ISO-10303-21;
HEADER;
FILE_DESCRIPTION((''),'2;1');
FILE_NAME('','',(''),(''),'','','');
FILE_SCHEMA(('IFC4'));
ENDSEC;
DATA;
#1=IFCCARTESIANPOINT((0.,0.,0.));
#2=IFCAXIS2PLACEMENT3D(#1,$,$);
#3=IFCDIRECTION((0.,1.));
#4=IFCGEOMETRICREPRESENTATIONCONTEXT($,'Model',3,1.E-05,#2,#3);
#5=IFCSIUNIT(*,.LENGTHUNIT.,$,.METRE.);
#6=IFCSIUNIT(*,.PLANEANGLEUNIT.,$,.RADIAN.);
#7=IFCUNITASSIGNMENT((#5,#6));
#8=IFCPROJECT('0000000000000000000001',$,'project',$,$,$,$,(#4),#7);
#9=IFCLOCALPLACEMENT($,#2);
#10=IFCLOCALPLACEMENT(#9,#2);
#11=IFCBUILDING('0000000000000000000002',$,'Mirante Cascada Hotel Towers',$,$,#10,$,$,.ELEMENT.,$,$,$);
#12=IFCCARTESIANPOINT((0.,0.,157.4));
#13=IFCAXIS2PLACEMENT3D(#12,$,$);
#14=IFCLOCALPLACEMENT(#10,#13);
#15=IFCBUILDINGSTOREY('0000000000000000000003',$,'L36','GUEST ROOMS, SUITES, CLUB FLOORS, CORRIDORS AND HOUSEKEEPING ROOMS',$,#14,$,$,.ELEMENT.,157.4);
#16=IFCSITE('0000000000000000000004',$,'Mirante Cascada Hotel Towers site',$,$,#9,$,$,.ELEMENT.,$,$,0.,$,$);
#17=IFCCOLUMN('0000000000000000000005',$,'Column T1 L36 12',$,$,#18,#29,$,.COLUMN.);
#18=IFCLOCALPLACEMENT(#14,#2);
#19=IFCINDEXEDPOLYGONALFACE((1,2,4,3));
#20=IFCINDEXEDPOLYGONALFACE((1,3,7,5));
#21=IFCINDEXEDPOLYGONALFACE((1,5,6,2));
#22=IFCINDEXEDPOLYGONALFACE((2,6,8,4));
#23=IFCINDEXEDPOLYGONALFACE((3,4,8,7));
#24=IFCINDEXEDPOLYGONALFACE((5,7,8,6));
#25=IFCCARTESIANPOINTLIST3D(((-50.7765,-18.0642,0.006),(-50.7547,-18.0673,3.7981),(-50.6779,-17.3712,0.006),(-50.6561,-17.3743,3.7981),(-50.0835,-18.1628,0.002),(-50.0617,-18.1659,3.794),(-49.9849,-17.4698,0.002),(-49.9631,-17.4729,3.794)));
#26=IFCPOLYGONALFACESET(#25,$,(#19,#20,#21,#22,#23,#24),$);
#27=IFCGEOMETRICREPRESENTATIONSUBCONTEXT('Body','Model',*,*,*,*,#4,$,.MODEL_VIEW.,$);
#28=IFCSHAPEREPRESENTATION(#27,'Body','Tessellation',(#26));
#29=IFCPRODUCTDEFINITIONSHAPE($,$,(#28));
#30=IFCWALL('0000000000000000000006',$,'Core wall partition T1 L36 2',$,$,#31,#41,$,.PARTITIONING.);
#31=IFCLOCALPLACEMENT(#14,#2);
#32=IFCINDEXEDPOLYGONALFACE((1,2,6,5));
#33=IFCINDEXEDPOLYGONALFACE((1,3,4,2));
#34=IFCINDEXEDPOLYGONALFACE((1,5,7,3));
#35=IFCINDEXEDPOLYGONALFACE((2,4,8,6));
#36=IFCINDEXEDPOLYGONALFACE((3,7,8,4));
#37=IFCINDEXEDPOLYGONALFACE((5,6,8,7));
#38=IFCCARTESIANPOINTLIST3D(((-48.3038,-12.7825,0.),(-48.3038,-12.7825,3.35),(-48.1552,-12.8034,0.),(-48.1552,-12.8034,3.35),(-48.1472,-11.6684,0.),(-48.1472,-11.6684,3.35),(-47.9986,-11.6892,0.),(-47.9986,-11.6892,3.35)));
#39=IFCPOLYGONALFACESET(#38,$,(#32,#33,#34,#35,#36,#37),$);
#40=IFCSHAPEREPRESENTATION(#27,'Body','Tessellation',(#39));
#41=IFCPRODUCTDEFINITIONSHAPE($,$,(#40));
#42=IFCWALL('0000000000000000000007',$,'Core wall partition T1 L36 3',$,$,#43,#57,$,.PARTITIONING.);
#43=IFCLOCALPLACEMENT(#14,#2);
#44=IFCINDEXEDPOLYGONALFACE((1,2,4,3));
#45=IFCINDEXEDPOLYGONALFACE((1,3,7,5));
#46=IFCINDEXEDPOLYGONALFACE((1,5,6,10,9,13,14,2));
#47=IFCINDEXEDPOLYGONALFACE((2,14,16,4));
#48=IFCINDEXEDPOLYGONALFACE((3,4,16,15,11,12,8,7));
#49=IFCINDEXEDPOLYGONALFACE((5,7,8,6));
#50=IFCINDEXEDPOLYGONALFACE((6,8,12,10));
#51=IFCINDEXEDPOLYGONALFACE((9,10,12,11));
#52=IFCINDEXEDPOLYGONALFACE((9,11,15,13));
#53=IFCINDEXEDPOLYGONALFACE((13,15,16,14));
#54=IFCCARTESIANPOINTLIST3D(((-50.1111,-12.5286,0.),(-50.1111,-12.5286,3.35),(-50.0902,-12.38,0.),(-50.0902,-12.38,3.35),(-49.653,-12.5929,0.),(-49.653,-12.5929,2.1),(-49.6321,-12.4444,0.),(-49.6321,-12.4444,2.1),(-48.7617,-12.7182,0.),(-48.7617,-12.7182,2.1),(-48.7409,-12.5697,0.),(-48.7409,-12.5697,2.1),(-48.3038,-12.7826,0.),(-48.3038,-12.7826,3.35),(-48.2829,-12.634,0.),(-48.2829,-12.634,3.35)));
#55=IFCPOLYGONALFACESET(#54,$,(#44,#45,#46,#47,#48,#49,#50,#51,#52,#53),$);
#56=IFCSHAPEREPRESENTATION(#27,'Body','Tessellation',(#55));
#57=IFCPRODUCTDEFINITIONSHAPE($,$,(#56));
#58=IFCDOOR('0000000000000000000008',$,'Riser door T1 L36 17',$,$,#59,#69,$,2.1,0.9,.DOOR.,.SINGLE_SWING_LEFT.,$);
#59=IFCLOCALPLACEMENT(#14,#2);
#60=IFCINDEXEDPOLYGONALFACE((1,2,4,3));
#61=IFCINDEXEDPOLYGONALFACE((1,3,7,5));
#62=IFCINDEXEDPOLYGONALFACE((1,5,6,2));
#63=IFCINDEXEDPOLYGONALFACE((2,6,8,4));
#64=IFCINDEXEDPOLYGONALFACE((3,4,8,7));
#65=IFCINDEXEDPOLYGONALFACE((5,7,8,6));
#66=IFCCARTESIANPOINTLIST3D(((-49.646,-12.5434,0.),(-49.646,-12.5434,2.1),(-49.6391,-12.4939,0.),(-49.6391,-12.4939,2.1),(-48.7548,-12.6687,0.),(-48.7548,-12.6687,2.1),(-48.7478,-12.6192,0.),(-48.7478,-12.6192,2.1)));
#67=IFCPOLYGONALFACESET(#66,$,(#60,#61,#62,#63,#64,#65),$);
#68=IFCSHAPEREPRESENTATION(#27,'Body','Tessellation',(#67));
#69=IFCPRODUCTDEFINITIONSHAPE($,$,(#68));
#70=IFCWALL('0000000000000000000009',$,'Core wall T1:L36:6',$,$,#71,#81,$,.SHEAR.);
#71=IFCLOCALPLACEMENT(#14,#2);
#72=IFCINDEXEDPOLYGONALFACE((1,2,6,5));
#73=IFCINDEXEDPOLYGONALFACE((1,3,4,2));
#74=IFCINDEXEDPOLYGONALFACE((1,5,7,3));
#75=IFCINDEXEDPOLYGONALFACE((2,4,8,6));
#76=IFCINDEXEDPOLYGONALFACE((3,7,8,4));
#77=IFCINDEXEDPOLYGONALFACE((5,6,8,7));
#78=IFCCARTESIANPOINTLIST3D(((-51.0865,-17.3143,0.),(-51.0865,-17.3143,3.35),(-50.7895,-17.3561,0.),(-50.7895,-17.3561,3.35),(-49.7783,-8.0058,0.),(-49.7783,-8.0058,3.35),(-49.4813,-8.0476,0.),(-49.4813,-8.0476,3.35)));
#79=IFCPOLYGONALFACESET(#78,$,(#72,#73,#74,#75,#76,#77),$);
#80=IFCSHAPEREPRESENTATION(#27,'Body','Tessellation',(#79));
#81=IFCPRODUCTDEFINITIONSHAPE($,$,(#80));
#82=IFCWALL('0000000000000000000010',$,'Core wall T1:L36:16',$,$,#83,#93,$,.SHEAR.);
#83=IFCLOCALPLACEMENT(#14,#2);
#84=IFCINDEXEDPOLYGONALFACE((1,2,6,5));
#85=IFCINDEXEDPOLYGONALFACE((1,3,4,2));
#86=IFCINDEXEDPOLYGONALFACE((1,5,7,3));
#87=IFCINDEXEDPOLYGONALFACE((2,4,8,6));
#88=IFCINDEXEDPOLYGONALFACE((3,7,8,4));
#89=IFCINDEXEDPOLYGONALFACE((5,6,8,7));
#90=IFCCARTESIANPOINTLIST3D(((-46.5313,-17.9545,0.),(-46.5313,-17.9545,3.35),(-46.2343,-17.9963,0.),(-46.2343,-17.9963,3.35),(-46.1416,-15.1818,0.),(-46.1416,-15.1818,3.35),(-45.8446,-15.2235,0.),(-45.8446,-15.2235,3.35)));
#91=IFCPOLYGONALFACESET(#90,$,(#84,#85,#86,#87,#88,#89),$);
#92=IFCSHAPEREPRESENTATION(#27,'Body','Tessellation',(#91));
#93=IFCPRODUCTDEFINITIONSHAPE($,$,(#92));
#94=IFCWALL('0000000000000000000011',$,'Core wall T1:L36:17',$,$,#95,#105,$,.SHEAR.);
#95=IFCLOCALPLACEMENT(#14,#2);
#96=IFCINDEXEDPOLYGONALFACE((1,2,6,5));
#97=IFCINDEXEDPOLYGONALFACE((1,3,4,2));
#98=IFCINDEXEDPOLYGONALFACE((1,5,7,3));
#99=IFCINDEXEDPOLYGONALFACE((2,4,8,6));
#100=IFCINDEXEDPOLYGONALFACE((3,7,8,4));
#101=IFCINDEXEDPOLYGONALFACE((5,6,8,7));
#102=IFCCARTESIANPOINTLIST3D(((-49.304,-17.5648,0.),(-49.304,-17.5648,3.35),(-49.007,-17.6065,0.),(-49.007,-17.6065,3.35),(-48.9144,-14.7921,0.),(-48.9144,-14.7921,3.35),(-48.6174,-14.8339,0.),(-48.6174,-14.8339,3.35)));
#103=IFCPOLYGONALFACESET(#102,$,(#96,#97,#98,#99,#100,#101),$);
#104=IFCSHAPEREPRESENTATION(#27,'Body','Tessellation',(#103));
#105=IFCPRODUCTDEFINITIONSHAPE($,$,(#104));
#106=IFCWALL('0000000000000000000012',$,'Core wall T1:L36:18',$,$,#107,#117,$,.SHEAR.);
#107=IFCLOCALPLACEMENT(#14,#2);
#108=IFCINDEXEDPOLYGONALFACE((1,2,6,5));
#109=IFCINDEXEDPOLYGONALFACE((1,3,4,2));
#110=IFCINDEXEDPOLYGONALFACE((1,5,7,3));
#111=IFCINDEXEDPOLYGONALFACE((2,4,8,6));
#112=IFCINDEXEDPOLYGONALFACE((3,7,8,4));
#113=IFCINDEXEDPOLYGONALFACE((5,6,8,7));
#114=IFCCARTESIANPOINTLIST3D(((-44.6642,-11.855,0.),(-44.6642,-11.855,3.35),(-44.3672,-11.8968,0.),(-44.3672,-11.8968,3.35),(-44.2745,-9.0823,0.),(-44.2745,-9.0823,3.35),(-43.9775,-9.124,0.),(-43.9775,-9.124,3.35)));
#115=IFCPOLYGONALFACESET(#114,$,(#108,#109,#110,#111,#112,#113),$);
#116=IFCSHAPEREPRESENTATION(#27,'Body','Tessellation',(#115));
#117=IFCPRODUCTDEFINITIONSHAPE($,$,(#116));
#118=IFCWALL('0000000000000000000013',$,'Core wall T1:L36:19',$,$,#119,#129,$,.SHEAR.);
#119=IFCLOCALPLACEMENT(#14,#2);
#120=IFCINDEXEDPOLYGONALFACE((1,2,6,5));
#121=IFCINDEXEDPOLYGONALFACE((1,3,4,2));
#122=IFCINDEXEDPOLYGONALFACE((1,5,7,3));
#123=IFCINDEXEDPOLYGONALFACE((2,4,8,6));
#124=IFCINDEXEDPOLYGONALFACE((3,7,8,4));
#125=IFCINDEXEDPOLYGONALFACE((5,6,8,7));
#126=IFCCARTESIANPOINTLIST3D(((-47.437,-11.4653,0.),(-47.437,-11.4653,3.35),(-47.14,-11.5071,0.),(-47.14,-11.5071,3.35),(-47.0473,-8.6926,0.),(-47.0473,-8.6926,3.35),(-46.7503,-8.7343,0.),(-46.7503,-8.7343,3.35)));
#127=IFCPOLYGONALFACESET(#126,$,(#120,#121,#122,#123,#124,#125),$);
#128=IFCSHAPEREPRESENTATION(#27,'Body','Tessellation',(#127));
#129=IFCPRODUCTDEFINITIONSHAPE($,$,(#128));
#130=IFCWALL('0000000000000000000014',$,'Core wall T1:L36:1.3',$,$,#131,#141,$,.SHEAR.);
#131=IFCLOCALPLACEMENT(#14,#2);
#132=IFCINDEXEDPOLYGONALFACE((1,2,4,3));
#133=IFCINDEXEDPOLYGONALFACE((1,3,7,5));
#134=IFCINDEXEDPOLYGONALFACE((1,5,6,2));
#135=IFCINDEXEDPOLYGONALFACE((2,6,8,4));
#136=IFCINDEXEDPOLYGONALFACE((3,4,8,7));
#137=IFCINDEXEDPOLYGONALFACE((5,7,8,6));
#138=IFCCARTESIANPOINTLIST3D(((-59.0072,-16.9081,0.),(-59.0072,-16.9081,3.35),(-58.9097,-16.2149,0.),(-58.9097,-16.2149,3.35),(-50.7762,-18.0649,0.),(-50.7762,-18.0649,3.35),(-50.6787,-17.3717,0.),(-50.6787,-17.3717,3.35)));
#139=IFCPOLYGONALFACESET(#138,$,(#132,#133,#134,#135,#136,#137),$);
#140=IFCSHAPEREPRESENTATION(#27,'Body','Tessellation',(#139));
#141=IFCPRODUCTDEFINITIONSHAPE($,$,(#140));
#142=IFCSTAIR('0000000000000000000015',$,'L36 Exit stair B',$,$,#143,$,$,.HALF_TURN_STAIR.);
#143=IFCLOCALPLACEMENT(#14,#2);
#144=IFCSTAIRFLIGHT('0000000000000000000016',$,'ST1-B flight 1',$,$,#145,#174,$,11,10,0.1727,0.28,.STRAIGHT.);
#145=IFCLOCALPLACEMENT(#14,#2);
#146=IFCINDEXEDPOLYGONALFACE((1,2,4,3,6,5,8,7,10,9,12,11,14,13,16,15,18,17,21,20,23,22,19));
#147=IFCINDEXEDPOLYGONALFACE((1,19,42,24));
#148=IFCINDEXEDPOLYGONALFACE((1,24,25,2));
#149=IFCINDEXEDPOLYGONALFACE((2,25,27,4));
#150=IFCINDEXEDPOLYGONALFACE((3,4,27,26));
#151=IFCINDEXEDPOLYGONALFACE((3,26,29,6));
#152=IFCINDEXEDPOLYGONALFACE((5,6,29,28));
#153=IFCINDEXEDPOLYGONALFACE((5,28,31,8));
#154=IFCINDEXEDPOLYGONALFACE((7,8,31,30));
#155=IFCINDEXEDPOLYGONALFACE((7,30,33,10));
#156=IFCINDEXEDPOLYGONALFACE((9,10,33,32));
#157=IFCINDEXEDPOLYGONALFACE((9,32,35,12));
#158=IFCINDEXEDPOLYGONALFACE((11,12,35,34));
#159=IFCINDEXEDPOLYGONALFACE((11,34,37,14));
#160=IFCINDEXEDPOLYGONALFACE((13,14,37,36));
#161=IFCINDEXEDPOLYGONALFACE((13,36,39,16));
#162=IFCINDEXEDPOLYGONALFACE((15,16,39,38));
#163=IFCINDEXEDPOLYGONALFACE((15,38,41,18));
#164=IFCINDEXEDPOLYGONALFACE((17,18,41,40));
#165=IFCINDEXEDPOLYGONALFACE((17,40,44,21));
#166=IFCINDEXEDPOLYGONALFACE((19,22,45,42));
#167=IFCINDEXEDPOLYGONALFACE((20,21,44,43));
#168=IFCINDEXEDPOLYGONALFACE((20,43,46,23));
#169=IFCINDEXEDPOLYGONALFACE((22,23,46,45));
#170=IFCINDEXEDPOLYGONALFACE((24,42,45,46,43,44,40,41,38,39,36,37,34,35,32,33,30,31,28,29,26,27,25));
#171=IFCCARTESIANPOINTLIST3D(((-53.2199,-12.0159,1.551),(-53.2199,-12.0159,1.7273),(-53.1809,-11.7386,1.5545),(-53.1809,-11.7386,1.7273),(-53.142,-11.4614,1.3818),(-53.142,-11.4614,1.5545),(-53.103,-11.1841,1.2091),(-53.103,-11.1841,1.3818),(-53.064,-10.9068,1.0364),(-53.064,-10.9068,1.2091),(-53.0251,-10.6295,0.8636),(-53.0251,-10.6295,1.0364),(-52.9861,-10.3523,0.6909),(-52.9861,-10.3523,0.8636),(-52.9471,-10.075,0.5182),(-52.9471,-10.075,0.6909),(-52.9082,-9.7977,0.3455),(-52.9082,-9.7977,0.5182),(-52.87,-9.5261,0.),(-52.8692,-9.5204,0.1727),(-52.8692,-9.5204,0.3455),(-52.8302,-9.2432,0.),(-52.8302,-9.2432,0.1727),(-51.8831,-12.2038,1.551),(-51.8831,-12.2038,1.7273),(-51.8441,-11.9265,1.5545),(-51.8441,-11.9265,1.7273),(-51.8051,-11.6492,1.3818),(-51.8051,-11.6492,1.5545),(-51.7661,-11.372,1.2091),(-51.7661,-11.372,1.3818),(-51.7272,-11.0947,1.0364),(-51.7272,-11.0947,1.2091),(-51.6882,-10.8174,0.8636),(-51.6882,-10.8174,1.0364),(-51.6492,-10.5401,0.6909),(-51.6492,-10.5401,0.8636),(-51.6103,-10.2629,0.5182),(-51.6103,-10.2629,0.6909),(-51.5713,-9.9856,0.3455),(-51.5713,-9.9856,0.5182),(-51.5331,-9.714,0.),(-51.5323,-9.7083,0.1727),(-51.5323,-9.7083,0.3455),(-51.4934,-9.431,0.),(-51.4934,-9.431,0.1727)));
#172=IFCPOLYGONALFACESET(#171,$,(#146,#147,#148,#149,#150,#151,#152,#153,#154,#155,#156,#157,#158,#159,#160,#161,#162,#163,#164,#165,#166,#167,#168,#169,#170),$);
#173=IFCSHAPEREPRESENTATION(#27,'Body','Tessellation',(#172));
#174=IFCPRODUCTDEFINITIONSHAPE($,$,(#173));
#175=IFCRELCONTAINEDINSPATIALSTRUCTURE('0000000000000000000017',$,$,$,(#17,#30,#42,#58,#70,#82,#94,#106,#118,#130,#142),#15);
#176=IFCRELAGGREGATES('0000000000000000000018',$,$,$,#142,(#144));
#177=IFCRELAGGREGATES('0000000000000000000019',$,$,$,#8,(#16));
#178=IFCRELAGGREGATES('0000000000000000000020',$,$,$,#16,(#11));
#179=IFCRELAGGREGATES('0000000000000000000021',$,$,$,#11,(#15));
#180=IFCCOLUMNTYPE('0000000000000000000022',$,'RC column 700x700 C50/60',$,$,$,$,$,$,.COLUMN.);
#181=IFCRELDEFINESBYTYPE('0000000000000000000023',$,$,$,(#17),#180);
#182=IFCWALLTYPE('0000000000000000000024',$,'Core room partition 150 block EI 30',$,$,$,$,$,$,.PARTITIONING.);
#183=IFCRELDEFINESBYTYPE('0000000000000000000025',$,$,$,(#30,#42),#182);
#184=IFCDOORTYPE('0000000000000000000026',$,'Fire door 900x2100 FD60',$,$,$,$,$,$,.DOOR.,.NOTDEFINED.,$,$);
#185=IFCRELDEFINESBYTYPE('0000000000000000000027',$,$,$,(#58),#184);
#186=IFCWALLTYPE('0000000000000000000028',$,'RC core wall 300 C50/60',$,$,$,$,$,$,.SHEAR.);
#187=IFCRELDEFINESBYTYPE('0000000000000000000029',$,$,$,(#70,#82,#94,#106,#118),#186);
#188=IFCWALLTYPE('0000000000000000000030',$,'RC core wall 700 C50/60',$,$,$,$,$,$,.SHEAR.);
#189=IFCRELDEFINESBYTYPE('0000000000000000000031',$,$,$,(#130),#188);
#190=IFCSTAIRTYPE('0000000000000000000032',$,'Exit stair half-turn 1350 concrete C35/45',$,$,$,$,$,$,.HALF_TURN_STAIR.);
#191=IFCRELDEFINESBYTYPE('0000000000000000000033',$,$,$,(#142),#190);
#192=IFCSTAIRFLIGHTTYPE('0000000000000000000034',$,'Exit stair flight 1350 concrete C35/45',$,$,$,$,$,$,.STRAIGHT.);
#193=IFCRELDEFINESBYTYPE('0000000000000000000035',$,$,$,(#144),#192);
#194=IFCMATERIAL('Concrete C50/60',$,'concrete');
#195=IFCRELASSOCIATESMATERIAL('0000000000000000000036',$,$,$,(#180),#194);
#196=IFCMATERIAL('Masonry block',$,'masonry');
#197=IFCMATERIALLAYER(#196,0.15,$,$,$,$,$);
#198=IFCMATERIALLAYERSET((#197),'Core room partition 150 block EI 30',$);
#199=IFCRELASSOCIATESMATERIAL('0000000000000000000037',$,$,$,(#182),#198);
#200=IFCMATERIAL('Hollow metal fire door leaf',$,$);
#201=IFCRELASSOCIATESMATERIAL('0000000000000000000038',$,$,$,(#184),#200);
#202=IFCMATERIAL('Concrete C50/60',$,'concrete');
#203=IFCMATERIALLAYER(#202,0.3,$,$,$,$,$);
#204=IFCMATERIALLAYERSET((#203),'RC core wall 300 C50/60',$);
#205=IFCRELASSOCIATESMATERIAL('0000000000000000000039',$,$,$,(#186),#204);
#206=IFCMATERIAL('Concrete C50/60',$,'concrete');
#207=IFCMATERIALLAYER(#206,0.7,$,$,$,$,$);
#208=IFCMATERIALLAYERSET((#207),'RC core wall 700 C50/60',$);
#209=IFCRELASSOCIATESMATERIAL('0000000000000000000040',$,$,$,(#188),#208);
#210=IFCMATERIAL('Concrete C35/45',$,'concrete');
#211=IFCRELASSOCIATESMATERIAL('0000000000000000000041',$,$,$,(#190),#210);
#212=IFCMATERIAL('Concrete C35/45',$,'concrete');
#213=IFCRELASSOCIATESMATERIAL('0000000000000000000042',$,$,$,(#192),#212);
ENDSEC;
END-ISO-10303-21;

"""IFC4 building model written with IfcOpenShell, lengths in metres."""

from ifc_helpers import new_model, si_unit, direction, frame, frame_2d, origin, origin_2d, place, context, subcontext, project, spatial, polyline, rectangle, outline, extrude, material, layer, layer_set, material_profile, profile_set, type_object, element, fill, aggregate, save


model = new_model("IFC4")

# Units and contexts
model_context = context("Model", 3, precision=1e-05, world=origin(), true_north=direction((0.0, 1.0)))
body_context = subcontext(model_context, "Body", "Model", "MODEL_VIEW")
ifc_project = project(units=[si_unit("LENGTHUNIT", "METRE"), si_unit("PLANEANGLEUNIT", "RADIAN")], contexts=[model_context])

# Site, building, storey
site_placement = place(None, origin())
site = spatial("IfcSite", under=ifc_project, at=site_placement, Name="Mirante Cascada Hotel Towers site", CompositionType="ELEMENT", RefElevation=0.0)
building_placement = place(site_placement, origin())
building = spatial("IfcBuilding", under=site, at=building_placement, Name="Mirante Cascada Hotel Towers", CompositionType="ELEMENT")
storey_placement = place(building_placement, frame((0.0, 0.0, 157.4)))
storey = spatial("IfcBuildingStorey", under=building, at=storey_placement, Name="L36", Description="GUEST ROOMS, SUITES, CLUB FLOORS, CORRIDORS AND HOUSEKEEPING ROOMS", CompositionType="ELEMENT", Elevation=157.4)

# Column
ifc_material_1 = material(Name="Concrete C50/60", Category="concrete")
ifc_material_profile = material_profile(ifc_material_1, rectangle(XDim=0.7, YDim=0.7, at=origin_2d()), Name="RC column 700x700 C50/60")
ifc_profile_set = profile_set([ifc_material_profile], Name="Concrete C50/60")
column_type = type_object("IfcColumnType", Name="RC column 700x700 C50/60", PredefinedType="COLUMN", material=ifc_profile_set)
column_placement = place(storey_placement, frame((-50.3807, -17.767, 0.004), z_axis=(0.005749, -0.000817, 0.999983), x_axis=(0.140786, 0.99004, 0.0)))
element("IfcColumn", 1, at=column_placement, inside=storey, type_object=column_type, Name="Column T1 L36 12", PredefinedType="COLUMN", context=body_context, shape_type="SweptSolid", body=[
    extrude(rectangle(XDim=0.7, YDim=0.7, at=origin_2d()), origin(), (0.0, 0.0, 1.0), 3.7921),
])

# Wall
ifc_material_2 = material(Name="Masonry block", Category="masonry")
ifc_layer_1 = layer(ifc_material_2, 0.15)
ifc_layer_set_1 = layer_set([ifc_layer_1], Name="Core room partition 150 block EI 30")
wall_type_1 = type_object("IfcWallType", Name="Core room partition 150 block EI 30", PredefinedType="PARTITIONING", material=ifc_layer_set_1)
wall_1_placement = place(storey_placement, frame((-48.2295, -12.793, 0.0), z_axis=(0.0, 0.0, 1.0), x_axis=(0.139193, 0.990265, 0.0)))
element("IfcWall", 2, at=wall_1_placement, inside=storey, type_object=wall_type_1, Name="Core wall partition T1 L36 2", PredefinedType="PARTITIONING", context=body_context, shape_type="SweptSolid", body=[
    extrude(rectangle(XDim=1.1251, YDim=0.15, at=frame_2d((0.5626, 0.0))), origin(), (0.0, 0.0, 1.0), 3.35),
])

# Wall, opening, door
wall_2_placement = place(storey_placement, frame((-48.2933, -12.7083, 0.0), z_axis=(0.0, 0.0, 1.0), x_axis=(-0.990268, 0.139173, 0.0)))
wall_2 = element("IfcWall", 3, at=wall_2_placement, inside=storey, type_object=wall_type_1, Name="Core wall partition T1 L36 3", PredefinedType="PARTITIONING", context=body_context, shape_type="SweptSolid", body=[
    extrude(rectangle(XDim=1.8251, YDim=0.15, at=frame_2d((0.9126, 0.0))), origin(), (0.0, 0.0, 1.0), 3.35),
])
opening_placement = place(wall_2_placement, frame((0.4625, 0.0, 0.0)))
opening = element("IfcOpeningElement", 4, at=opening_placement, cuts=wall_2, PredefinedType="OPENING", context=body_context, shape_type="SweptSolid", body=[
    extrude(rectangle(XDim=0.9, YDim=2.1, at=frame_2d((0.45, 1.05))), frame((0.0, 0.075, 0.0), z_axis=(0.0, -1.0, 0.0), x_axis=(1.0, 0.0, 0.0)), (0.0, 0.0, 1.0), 0.15),
])
ifc_material_3 = material(Name="Hollow metal fire door leaf")
door_type = type_object("IfcDoorType", Name="Fire door 900x2100 FD60", OperationType="NOTDEFINED", PredefinedType="DOOR", material=ifc_material_3)
door_placement = place(opening_placement, origin())
door = element("IfcDoor", 5, at=door_placement, inside=storey, type_object=door_type, Name="Riser door T1 L36 17", OperationType="SINGLE_SWING_LEFT", OverallHeight=2.1, OverallWidth=0.9, PredefinedType="DOOR", context=body_context, shape_type="SweptSolid", body=[
    extrude(rectangle(XDim=0.9, YDim=2.1, at=frame_2d((0.45, 1.05))), frame((0.0, 0.025, 0.0), z_axis=(0.0, -1.0, 0.0), x_axis=(1.0, 0.0, 0.0)), (0.0, 0.0, 1.0), 0.05),
])
fill(opening, door)

# Walls
ifc_material_4 = material(Name="Concrete C50/60", Category="concrete")
ifc_layer_2 = layer(ifc_material_4, 0.3)
ifc_layer_set_2 = layer_set([ifc_layer_2], Name="RC core wall 300 C50/60")
wall_type_2 = type_object("IfcWallType", Name="RC core wall 300 C50/60", PredefinedType="SHEAR", material=ifc_layer_set_2)
wall_3_placement = place(storey_placement, frame((-50.938, -17.3352, 0.0), z_axis=(0.0, 0.0, 1.0), x_axis=(0.139171, 0.990268, 0.0)))
element("IfcWall", 6, at=wall_3_placement, inside=storey, type_object=wall_type_2, Name="Core wall T1:L36:6", PredefinedType="SHEAR", context=body_context, shape_type="SweptSolid", body=[
    extrude(rectangle(XDim=9.4, YDim=0.3, at=frame_2d((4.7, 0.0))), origin(), (0.0, 0.0, 1.0), 3.35),
])
wall_4_placement = place(storey_placement, frame((-46.3828, -17.9754, 0.0), z_axis=(0.0, 0.0, 1.0), x_axis=(0.139181, 0.990267, 0.0)))
element("IfcWall", 7, at=wall_4_placement, inside=storey, type_object=wall_type_2, Name="Core wall T1:L36:16", PredefinedType="SHEAR", context=body_context, shape_type="SweptSolid", body=[
    extrude(rectangle(XDim=2.8, YDim=0.3, at=frame_2d((1.4, 0.0))), origin(), (0.0, 0.0, 1.0), 3.35),
])
wall_5_placement = place(storey_placement, frame((-49.1555, -17.5857, 0.0), z_axis=(0.0, 0.0, 1.0), x_axis=(0.139146, 0.990272, 0.0)))
element("IfcWall", 8, at=wall_5_placement, inside=storey, type_object=wall_type_2, Name="Core wall T1:L36:17", PredefinedType="SHEAR", context=body_context, shape_type="SweptSolid", body=[
    extrude(rectangle(XDim=2.7999, YDim=0.3, at=frame_2d((1.4, 0.0))), origin(), (0.0, 0.0, 1.0), 3.35),
])
for number, where, z_axis, x_axis, name in (
    (9, (-44.5157, -11.8759, 0.0), (0.0, 0.0, 1.0), (0.139181, 0.990267, 0.0), "Core wall T1:L36:18"),
    (10, (-47.2885, -11.4862, 0.0), (0.0, 0.0, 1.0), (0.139181, 0.990267, 0.0), "Core wall T1:L36:19"),
):
    element("IfcWall", number, at=place(storey_placement, frame(where, z_axis=z_axis, x_axis=x_axis)), inside=storey, type_object=wall_type_2, Name=name, PredefinedType="SHEAR", context=body_context, shape_type="SweptSolid", body=[
        extrude(rectangle(XDim=2.8, YDim=0.3, at=frame_2d((1.4, 0.0))), origin(), (0.0, 0.0, 1.0), 3.35),
    ])
ifc_material_5 = material(Name="Concrete C50/60", Category="concrete")
ifc_layer_3 = layer(ifc_material_5, 0.7)
ifc_layer_set_3 = layer_set([ifc_layer_3], Name="RC core wall 700 C50/60")
wall_type_3 = type_object("IfcWallType", Name="RC core wall 700 C50/60", PredefinedType="SHEAR", material=ifc_layer_set_3)
wall_6_placement = place(storey_placement, frame((-50.7274, -17.7183, 0.0), z_axis=(0.0, 0.0, 1.0), x_axis=(-0.990268, 0.139174, 0.0)))
element("IfcWall", 11, at=wall_6_placement, inside=storey, type_object=wall_type_3, Name="Core wall T1:L36:1.3", PredefinedType="SHEAR", context=body_context, shape_type="SweptSolid", body=[
    extrude(rectangle(XDim=8.3119, YDim=0.7, at=frame_2d((4.156, 0.0))), origin(), (0.0, 0.0, 1.0), 3.35),
])

# Stair, stair flight
ifc_material_6 = material(Name="Concrete C35/45", Category="concrete")
stair_type = type_object("IfcStairType", Name="Exit stair half-turn 1350 concrete C35/45", PredefinedType="HALF_TURN_STAIR", material=ifc_material_6)
stair_placement = place(storey_placement, origin())
stair = element("IfcStair", 12, at=stair_placement, inside=storey, type_object=stair_type, Name="L36 Exit stair B", PredefinedType="HALF_TURN_STAIR")
ifc_material_7 = material(Name="Concrete C35/45", Category="concrete")
stair_flight_type = type_object("IfcStairFlightType", Name="Exit stair flight 1350 concrete C35/45", PredefinedType="STRAIGHT", material=ifc_material_7)
stair_flight_1_placement = place(storey_placement, frame((-52.1618, -9.3371, 0.0), z_axis=(0.0, 0.0, 1.0), x_axis=(-0.139173, -0.990268, 0.0)))
stair_flight_1 = element("IfcStairFlight", 13, at=stair_flight_1_placement, type_object=stair_flight_type, Name="ST1-B flight 1", NumberOfRisers=11, NumberOfTreads=10, PredefinedType="STRAIGHT", RiserHeight=0.1727, TreadLength=0.28, context=body_context, shape_type="SweptSolid", body=[
    extrude(outline(polyline([(0.0, 0.0), (0.0, 0.1727), (0.28, 0.1727), (0.28, 0.3455), (0.56, 0.3455), (0.56, 0.5182), (0.84, 0.5182), (0.84, 0.6909), (1.12, 0.6909), (1.12, 0.8636), (1.4, 0.8636), (1.4, 1.0364), (1.68, 1.0364), (1.68, 1.2091), (1.96, 1.2091), (1.96, 1.3818), (2.24, 1.3818), (2.24, 1.5545), (2.52, 1.5545), (2.52, 1.7273), (2.8, 1.7273), (2.8, 1.9), (2.8, 1.551), (0.2857, 0.0), (0.0, 0.0)])), frame((0.0, 0.675, 0.0), z_axis=(0.0, -1.0, 0.0), x_axis=(1.0, 0.0, 0.0)), (0.0, 0.0, 1.0), 1.35),
])
aggregate(stair, [stair_flight_1])

save(model, "model.ifc")
